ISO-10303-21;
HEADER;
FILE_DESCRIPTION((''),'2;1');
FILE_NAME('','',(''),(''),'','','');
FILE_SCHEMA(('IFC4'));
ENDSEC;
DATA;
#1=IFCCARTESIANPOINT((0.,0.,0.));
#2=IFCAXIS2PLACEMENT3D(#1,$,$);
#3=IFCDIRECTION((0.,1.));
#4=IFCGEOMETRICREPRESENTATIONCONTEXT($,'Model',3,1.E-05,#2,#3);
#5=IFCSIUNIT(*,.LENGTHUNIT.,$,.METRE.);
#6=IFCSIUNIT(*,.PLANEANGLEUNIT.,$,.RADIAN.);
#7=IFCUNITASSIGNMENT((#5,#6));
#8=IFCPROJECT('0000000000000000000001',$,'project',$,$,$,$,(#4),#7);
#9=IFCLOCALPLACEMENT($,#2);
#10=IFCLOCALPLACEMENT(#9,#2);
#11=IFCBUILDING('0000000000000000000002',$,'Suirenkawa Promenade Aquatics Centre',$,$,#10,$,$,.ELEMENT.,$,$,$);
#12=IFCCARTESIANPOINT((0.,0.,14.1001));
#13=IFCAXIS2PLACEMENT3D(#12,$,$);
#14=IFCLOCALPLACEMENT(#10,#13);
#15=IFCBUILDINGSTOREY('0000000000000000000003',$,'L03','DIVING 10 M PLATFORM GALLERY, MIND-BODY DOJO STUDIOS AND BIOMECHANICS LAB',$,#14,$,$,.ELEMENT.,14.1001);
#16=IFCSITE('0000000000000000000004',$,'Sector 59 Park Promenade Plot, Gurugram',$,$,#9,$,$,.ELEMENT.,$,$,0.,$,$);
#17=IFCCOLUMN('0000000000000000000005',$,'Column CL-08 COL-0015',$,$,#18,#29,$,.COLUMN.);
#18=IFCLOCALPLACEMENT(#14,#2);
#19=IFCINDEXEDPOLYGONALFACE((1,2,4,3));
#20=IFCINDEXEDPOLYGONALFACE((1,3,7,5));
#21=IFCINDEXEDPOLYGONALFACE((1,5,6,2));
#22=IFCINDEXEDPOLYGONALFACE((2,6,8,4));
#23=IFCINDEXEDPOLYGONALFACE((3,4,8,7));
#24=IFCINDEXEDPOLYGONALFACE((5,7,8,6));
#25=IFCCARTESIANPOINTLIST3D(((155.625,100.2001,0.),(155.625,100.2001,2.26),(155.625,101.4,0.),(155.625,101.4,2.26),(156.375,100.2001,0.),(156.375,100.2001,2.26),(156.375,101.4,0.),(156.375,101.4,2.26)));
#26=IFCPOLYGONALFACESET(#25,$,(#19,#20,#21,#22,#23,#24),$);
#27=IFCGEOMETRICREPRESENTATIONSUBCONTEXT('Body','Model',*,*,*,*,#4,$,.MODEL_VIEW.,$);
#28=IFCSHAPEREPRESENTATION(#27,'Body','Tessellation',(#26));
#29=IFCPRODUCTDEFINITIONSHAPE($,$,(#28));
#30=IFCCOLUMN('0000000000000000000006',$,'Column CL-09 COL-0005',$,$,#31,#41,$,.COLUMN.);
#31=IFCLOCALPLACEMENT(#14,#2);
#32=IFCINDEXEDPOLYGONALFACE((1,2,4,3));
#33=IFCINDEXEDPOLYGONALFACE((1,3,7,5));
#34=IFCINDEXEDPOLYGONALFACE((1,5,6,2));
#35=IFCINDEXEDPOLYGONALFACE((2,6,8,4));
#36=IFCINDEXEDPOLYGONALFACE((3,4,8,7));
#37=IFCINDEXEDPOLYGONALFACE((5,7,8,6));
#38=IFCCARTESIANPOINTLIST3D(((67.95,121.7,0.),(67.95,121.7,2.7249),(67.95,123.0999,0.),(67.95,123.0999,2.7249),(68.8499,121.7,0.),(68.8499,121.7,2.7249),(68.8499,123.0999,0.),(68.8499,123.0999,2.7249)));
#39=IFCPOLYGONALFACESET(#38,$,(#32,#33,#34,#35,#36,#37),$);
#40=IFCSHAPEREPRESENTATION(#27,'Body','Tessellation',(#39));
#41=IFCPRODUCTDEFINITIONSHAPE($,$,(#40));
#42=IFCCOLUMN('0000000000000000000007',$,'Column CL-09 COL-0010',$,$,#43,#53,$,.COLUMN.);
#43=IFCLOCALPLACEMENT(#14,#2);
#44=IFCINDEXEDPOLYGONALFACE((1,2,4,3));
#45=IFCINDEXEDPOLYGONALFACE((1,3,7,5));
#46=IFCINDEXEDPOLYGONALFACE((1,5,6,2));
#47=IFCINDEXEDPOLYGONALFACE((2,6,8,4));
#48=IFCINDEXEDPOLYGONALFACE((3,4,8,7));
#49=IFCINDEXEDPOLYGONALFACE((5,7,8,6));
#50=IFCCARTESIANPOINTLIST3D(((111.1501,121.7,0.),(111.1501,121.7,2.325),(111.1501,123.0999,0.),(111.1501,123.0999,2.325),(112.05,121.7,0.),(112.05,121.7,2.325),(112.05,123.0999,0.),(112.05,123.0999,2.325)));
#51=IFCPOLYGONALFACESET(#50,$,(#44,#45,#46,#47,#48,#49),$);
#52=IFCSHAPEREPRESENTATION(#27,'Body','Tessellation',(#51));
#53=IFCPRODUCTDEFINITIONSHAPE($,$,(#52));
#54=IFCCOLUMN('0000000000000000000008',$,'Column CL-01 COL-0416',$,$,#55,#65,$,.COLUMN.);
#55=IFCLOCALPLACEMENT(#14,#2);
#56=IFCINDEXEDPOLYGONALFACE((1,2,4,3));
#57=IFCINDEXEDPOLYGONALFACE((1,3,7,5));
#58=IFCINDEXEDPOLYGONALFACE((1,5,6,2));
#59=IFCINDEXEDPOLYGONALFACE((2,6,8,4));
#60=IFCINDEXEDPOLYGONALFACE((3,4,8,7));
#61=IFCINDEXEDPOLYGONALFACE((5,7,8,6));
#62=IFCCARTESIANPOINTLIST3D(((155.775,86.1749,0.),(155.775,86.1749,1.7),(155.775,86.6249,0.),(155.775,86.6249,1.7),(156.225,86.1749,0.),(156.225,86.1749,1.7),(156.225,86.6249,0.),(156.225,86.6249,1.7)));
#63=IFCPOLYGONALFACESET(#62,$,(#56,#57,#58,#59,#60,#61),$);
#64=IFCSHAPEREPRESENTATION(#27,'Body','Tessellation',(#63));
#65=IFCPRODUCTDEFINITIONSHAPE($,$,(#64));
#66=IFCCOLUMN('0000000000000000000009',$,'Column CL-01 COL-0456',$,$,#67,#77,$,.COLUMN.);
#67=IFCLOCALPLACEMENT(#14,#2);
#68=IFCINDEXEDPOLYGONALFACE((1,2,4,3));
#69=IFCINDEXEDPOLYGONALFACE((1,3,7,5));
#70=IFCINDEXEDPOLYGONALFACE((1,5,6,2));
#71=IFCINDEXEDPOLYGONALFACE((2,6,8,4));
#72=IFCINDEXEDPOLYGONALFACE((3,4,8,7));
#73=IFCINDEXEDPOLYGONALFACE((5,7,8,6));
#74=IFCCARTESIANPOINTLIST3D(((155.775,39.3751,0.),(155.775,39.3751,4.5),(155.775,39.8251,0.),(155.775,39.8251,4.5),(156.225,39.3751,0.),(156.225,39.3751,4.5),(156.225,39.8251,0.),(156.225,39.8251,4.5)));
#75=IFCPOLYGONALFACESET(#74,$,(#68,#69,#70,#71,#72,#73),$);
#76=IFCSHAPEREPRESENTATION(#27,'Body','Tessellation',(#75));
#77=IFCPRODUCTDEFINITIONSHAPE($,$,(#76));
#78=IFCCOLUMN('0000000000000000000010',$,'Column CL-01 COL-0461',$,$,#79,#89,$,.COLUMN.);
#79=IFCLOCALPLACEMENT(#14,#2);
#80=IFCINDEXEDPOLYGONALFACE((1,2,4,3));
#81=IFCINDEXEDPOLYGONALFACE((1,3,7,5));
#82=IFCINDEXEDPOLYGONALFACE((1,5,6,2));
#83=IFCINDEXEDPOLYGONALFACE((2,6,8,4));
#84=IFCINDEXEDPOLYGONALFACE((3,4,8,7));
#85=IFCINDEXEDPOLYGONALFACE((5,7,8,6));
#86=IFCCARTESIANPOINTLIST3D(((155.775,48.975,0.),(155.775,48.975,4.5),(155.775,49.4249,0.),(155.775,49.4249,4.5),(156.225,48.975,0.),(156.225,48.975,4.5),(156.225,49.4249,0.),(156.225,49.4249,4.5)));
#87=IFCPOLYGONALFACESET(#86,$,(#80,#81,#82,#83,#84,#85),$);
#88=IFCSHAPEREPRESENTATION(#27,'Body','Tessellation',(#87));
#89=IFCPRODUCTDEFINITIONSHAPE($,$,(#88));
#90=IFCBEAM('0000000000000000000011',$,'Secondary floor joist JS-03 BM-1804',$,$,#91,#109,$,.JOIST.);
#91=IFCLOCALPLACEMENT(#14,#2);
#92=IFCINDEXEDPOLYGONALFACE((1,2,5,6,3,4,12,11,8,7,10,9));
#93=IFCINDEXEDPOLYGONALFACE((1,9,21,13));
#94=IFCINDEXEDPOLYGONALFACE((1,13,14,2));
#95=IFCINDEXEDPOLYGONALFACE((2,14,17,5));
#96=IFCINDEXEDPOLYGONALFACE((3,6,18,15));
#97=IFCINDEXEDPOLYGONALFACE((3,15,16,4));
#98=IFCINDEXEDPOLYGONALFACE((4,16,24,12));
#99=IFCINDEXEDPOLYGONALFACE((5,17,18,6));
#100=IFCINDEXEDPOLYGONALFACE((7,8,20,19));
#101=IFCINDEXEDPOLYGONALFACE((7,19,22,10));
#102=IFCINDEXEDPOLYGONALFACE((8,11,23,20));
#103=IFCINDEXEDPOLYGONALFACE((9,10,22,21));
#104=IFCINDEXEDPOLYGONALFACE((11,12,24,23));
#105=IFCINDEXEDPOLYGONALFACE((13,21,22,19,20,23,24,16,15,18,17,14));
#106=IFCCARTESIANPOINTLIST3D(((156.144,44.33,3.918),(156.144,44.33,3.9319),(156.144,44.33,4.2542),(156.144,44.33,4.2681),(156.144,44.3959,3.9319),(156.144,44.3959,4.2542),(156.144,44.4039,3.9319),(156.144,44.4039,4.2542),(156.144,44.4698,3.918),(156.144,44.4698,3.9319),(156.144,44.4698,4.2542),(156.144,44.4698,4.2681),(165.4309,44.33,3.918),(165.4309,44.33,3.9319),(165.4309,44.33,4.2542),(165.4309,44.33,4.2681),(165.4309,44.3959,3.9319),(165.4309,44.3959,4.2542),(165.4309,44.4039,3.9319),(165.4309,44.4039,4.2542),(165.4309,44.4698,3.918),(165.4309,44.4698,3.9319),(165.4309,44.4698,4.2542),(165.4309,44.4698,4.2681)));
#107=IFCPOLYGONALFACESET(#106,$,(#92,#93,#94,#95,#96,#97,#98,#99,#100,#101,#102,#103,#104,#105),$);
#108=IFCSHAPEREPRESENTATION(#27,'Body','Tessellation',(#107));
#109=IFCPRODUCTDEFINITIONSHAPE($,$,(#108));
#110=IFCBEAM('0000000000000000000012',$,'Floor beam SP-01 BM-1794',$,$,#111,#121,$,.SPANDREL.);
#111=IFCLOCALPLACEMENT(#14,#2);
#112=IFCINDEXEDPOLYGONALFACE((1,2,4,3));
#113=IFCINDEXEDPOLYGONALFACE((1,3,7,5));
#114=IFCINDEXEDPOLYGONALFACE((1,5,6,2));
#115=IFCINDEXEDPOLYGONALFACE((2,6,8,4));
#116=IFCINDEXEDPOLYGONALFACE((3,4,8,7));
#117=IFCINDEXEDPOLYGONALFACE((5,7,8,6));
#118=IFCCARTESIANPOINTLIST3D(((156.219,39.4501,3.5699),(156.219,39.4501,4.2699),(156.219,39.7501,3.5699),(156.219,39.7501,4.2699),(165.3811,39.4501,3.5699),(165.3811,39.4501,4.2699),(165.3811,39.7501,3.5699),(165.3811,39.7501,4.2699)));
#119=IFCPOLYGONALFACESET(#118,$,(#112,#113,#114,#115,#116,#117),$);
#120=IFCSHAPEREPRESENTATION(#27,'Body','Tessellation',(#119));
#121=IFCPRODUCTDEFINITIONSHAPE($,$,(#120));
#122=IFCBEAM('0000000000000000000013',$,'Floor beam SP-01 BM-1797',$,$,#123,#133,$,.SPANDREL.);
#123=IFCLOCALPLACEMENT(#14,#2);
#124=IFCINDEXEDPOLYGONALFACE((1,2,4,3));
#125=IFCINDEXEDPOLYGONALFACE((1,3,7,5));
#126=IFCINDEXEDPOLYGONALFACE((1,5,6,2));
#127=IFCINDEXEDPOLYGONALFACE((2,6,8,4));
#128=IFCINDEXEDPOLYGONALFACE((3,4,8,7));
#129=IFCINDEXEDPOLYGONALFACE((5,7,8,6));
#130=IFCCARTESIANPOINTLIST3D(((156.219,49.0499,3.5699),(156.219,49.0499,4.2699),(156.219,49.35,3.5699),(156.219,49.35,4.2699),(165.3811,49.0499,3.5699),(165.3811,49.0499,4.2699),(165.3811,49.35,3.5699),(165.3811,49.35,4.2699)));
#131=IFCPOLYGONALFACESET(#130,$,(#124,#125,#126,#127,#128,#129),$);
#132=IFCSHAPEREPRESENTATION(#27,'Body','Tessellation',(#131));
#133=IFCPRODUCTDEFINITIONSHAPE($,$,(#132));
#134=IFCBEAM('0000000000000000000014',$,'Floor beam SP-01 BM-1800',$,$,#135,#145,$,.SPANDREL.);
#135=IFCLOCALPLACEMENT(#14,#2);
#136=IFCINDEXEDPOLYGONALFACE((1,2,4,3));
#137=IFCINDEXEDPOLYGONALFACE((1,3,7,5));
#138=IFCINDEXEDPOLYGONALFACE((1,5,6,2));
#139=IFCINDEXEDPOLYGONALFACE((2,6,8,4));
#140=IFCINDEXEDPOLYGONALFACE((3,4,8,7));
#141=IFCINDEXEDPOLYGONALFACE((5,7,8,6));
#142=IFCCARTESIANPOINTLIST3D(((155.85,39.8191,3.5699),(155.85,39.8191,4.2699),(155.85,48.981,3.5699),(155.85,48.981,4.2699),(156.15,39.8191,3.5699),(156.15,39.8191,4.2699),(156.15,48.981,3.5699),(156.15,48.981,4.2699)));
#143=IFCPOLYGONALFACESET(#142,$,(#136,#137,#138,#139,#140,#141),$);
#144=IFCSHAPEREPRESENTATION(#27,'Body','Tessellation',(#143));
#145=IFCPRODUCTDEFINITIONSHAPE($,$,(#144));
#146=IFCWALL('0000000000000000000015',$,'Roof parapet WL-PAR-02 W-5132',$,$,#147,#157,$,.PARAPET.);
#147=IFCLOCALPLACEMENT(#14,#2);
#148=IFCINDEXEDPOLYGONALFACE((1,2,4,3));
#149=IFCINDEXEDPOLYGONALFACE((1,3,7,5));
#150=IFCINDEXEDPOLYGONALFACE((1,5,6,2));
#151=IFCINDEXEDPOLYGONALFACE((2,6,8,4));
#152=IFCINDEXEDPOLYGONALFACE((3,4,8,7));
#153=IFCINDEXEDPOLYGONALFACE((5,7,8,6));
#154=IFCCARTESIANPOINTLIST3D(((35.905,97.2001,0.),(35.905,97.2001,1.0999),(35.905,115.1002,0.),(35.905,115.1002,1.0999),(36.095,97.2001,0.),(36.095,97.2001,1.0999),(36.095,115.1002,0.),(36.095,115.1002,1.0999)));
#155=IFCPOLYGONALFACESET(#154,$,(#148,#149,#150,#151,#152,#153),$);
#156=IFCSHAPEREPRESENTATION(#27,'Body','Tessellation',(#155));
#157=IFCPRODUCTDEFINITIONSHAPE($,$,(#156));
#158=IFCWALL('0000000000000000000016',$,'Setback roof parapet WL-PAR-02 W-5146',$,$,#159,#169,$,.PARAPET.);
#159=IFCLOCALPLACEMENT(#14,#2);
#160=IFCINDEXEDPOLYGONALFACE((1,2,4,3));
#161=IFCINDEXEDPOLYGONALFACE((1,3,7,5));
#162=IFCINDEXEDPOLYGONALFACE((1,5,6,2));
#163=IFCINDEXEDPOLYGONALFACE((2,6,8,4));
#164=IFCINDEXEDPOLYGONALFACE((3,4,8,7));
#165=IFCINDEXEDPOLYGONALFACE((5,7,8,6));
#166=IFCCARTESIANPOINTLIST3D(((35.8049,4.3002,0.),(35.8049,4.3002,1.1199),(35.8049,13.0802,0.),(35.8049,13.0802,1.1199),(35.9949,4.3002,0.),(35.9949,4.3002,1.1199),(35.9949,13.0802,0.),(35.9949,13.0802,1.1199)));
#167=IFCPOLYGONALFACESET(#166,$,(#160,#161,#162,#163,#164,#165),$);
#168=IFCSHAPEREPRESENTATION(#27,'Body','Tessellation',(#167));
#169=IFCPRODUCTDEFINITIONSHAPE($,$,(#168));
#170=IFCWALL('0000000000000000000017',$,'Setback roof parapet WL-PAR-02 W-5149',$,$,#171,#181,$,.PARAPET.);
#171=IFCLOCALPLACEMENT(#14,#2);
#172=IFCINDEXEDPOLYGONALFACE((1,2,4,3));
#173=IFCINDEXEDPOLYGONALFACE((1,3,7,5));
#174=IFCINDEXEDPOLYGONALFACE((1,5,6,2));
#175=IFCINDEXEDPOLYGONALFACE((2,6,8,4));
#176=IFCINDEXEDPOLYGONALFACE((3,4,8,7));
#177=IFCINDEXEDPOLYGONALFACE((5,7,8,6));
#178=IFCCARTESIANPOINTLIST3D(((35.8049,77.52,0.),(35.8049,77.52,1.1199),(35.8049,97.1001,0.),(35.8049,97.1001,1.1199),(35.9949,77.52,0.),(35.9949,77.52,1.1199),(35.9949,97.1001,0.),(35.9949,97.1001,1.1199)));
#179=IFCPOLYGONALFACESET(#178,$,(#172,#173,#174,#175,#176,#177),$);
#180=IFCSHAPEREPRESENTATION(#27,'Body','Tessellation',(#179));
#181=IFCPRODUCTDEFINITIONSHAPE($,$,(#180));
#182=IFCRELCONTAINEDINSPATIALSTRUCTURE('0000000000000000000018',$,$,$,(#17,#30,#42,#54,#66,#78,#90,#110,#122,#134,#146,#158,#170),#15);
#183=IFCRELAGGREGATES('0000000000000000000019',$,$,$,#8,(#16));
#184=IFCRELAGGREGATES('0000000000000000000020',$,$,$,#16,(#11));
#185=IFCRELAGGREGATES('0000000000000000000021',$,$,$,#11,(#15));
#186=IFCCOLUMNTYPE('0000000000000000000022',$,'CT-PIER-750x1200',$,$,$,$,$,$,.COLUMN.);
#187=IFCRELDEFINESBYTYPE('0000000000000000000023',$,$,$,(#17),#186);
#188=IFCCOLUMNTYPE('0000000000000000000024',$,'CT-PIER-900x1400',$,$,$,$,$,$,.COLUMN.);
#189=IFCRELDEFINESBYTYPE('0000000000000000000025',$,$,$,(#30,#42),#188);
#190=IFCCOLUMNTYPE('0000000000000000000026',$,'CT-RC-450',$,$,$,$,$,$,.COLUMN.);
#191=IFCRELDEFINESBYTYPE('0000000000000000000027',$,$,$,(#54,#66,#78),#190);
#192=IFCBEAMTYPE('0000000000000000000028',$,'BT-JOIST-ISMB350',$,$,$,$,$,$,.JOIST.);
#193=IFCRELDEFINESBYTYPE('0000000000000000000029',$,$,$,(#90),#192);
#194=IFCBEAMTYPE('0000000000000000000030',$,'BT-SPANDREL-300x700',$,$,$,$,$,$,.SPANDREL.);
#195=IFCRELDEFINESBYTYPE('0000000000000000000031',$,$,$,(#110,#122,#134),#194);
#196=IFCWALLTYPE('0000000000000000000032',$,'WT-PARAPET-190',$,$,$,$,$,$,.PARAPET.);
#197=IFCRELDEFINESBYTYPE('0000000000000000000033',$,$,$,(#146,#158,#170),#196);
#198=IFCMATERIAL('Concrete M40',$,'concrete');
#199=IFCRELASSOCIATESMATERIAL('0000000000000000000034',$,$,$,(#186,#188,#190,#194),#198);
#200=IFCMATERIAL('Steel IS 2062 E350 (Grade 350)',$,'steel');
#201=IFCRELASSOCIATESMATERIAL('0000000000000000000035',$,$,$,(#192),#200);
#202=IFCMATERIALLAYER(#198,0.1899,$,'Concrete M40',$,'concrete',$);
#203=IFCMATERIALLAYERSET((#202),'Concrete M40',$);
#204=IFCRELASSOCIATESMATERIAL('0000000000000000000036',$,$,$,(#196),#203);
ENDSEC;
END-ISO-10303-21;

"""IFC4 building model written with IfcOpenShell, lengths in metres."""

from ifc_helpers import new_model, si_unit, direction, frame, frame_2d, origin, origin_2d, place, context, subcontext, project, spatial, rectangle, i_section, extrude, material, layer, layer_set, material_profile, profile_set, type_object, element, save


model = new_model("IFC4")

# Units and contexts
model_context = context("Model", 3, precision=1e-05, world=origin(), true_north=direction((0.0, 1.0)))
body_context = subcontext(model_context, "Body", "Model", "MODEL_VIEW")
ifc_project = project(units=[si_unit("LENGTHUNIT", "METRE"), si_unit("PLANEANGLEUNIT", "RADIAN")], contexts=[model_context])

# Site, building, storey
site_placement = place(None, origin())
site = spatial("IfcSite", under=ifc_project, at=site_placement, Name="Sector 59 Park Promenade Plot, Gurugram", CompositionType="ELEMENT", RefElevation=0.0)
building_placement = place(site_placement, origin())
building = spatial("IfcBuilding", under=site, at=building_placement, Name="Suirenkawa Promenade Aquatics Centre", CompositionType="ELEMENT")
storey_placement = place(building_placement, frame((0.0, 0.0, 14.1001)))
storey = spatial("IfcBuildingStorey", under=building, at=storey_placement, Name="L03", Description="DIVING 10 M PLATFORM GALLERY, MIND-BODY DOJO STUDIOS AND BIOMECHANICS LAB", CompositionType="ELEMENT", Elevation=14.1001)

# Columns
ifc_material_1 = material(Name="Concrete M40", Category="concrete")
ifc_material_profile_1 = material_profile(ifc_material_1, rectangle(XDim=0.75, YDim=1.2, at=origin_2d()), Name="RC PIER 750x1200", Category="concrete")
ifc_profile_set_1 = profile_set([ifc_material_profile_1], Name="Concrete M40")
column_type_1 = type_object("IfcColumnType", Name="CT-PIER-750x1200", PredefinedType="COLUMN", material=ifc_profile_set_1)
column_1_placement = place(storey_placement, frame((156.0, 100.8, 0.0), z_axis=(0.0, 0.0, 1.0), x_axis=(1.0, 0.0, 0.0)))
element("IfcColumn", 1, at=column_1_placement, inside=storey, type_object=column_type_1, Name="Column CL-08 COL-0015", PredefinedType="COLUMN", context=body_context, shape_type="SweptSolid", body=[
    extrude(rectangle(XDim=0.75, YDim=1.2, at=origin_2d()), origin(), (0.0, 0.0, 1.0), 2.26),
])
ifc_material_profile_2 = material_profile(ifc_material_1, rectangle(XDim=0.8999, YDim=1.3999, at=origin_2d()), Name="RC PIER 900x1400", Category="concrete")
ifc_profile_set_2 = profile_set([ifc_material_profile_2], Name="Concrete M40")
column_type_2 = type_object("IfcColumnType", Name="CT-PIER-900x1400", PredefinedType="COLUMN", material=ifc_profile_set_2)
column_2_placement = place(storey_placement, frame((68.3999, 122.3999, 0.0), z_axis=(0.0, 0.0, 1.0), x_axis=(1.0, 0.0, 0.0)))
element("IfcColumn", 2, at=column_2_placement, inside=storey, type_object=column_type_2, Name="Column CL-09 COL-0005", PredefinedType="COLUMN", context=body_context, shape_type="SweptSolid", body=[
    extrude(rectangle(XDim=0.8999, YDim=1.3999, at=origin_2d()), origin(), (0.0, 0.0, 1.0), 2.7249),
])
column_3_placement = place(storey_placement, frame((111.6001, 122.3999, 0.0), z_axis=(0.0, 0.0, 1.0), x_axis=(1.0, 0.0, 0.0)))
element("IfcColumn", 3, at=column_3_placement, inside=storey, type_object=column_type_2, Name="Column CL-09 COL-0010", PredefinedType="COLUMN", context=body_context, shape_type="SweptSolid", body=[
    extrude(rectangle(XDim=0.8999, YDim=1.3999, at=origin_2d()), origin(), (0.0, 0.0, 1.0), 2.325),
])
ifc_material_profile_3 = material_profile(ifc_material_1, rectangle(XDim=0.45, YDim=0.45, at=origin_2d()), Name="RC COL 450x450", Category="concrete")
ifc_profile_set_3 = profile_set([ifc_material_profile_3], Name="Concrete M40")
column_type_3 = type_object("IfcColumnType", Name="CT-RC-450", PredefinedType="COLUMN", material=ifc_profile_set_3)
column_4_placement = place(storey_placement, frame((156.0, 86.3999, 0.0), z_axis=(0.0, 0.0, 1.0), x_axis=(1.0, 0.0, 0.0)))
element("IfcColumn", 4, at=column_4_placement, inside=storey, type_object=column_type_3, Name="Column CL-01 COL-0416", PredefinedType="COLUMN", context=body_context, shape_type="SweptSolid", body=[
    extrude(rectangle(XDim=0.45, YDim=0.45, at=origin_2d()), origin(), (0.0, 0.0, 1.0), 1.7),
])
for number, where, z_axis, x_axis, name in (
    (5, (156.0, 39.6001, 0.0), (0.0, 0.0, 1.0), (1.0, 0.0, 0.0), "Column CL-01 COL-0456"),
    (6, (156.0, 49.2, 0.0), (0.0, 0.0, 1.0), (1.0, 0.0, 0.0), "Column CL-01 COL-0461"),
):
    element("IfcColumn", number, at=place(storey_placement, frame(where, z_axis=z_axis, x_axis=x_axis)), inside=storey, type_object=column_type_3, Name=name, PredefinedType="COLUMN", context=body_context, shape_type="SweptSolid", body=[
        extrude(rectangle(XDim=0.45, YDim=0.45, at=origin_2d()), origin(), (0.0, 0.0, 1.0), 4.5),
    ])

# Beams
ifc_material_2 = material(Name="Steel IS 2062 E350 (Grade 350)", Category="steel")
ifc_material_profile_4 = material_profile(ifc_material_2, i_section(OverallWidth=0.1399, OverallDepth=0.3501, WebThickness=0.0081, FlangeThickness=0.0139, at=origin_2d()), Name="ISMB 350", Category="steel")
ifc_profile_set_4 = profile_set([ifc_material_profile_4], Name="Steel IS 2062 E350 (Grade 350)")
beam_type_1 = type_object("IfcBeamType", Name="BT-JOIST-ISMB350", PredefinedType="JOIST", material=ifc_profile_set_4)
beam_1_placement = place(storey_placement, frame((156.144, 44.3999, 4.093), z_axis=(1.0, 0.0, 0.0), x_axis=(0.0, 1.0, 0.0)))
element("IfcBeam", 7, at=beam_1_placement, inside=storey, type_object=beam_type_1, Name="Secondary floor joist JS-03 BM-1804", PredefinedType="JOIST", context=body_context, shape_type="SweptSolid", body=[
    extrude(i_section(OverallWidth=0.1399, OverallDepth=0.3501, WebThickness=0.0081, FlangeThickness=0.0139, at=origin_2d()), origin(), (0.0, 0.0, 1.0), 9.2869),
])
ifc_material_profile_5 = material_profile(ifc_material_1, rectangle(XDim=0.3, YDim=0.7, at=origin_2d()), Name="RC SPANDREL 300x700", Category="concrete")
ifc_profile_set_5 = profile_set([ifc_material_profile_5], Name="Concrete M40")
beam_type_2 = type_object("IfcBeamType", Name="BT-SPANDREL-300x700", PredefinedType="SPANDREL", material=ifc_profile_set_5)
for number, where, z_axis, x_axis, name in (
    (8, (156.219, 39.6001, 3.9199), (1.0, 0.0, 0.0), (0.0, 1.0, 0.0), "Floor beam SP-01 BM-1794"),
    (9, (156.219, 49.2, 3.9199), (1.0, 0.0, 0.0), (0.0, 1.0, 0.0), "Floor beam SP-01 BM-1797"),
):
    element("IfcBeam", number, at=place(storey_placement, frame(where, z_axis=z_axis, x_axis=x_axis)), inside=storey, type_object=beam_type_2, Name=name, PredefinedType="SPANDREL", context=body_context, shape_type="SweptSolid", body=[
        extrude(rectangle(XDim=0.3, YDim=0.7, at=origin_2d()), origin(), (0.0, 0.0, 1.0), 9.1621),
    ])
beam_2_placement = place(storey_placement, frame((156.0, 39.8191, 3.9199), z_axis=(0.0, 1.0, 0.0), x_axis=(-1.0, 0.0, 0.0)))
element("IfcBeam", 10, at=beam_2_placement, inside=storey, type_object=beam_type_2, Name="Floor beam SP-01 BM-1800", PredefinedType="SPANDREL", context=body_context, shape_type="SweptSolid", body=[
    extrude(rectangle(XDim=0.3, YDim=0.7, at=origin_2d()), origin(), (0.0, 0.0, 1.0), 9.1619),
])

# Walls
ifc_layer_1 = layer(ifc_material_1, 0.1899, Name="Concrete M40", Category="concrete")
ifc_layer_set_1 = layer_set([ifc_layer_1], Name="Concrete M40")
wall_type_1 = type_object("IfcWallType", Name="WT-PARAPET-190", PredefinedType="PARAPET", material=ifc_layer_set_1)
wall_1_placement = place(storey_placement, frame((36.0, 97.2, 0.0), z_axis=(0.0, 0.0, 1.0), x_axis=(0.0, 1.0, 0.0)))
element("IfcWall", 11, at=wall_1_placement, inside=storey, type_object=wall_type_1, Name="Roof parapet WL-PAR-02 W-5132", PredefinedType="PARAPET", context=body_context, shape_type="SweptSolid", body=[
    extrude(rectangle(XDim=17.9001, YDim=0.1899, at=frame_2d((8.9502, 0.0))), origin(), (0.0, 0.0, 1.0), 1.0999),
])
wall_2_placement = place(storey_placement, frame((35.8999, 4.3, 0.0), z_axis=(0.0, 0.0, 1.0), x_axis=(0.0, 1.0, 0.0)))
element("IfcWall", 12, at=wall_2_placement, inside=storey, type_object=wall_type_1, Name="Setback roof parapet WL-PAR-02 W-5146", PredefinedType="PARAPET", context=body_context, shape_type="SweptSolid", body=[
    extrude(rectangle(XDim=8.78, YDim=0.1899, at=frame_2d((4.3901, 0.0))), origin(), (0.0, 0.0, 1.0), 1.1199),
])
wall_3_placement = place(storey_placement, frame((35.8999, 77.52, 0.0), z_axis=(0.0, 0.0, 1.0), x_axis=(0.0, 1.0, 0.0)))
element("IfcWall", 13, at=wall_3_placement, inside=storey, type_object=wall_type_1, Name="Setback roof parapet WL-PAR-02 W-5149", PredefinedType="PARAPET", context=body_context, shape_type="SweptSolid", body=[
    extrude(rectangle(XDim=19.5801, YDim=0.1899, at=frame_2d((9.79, 0.0))), origin(), (0.0, 0.0, 1.0), 1.1199),
])

save(model, "model.ifc")
